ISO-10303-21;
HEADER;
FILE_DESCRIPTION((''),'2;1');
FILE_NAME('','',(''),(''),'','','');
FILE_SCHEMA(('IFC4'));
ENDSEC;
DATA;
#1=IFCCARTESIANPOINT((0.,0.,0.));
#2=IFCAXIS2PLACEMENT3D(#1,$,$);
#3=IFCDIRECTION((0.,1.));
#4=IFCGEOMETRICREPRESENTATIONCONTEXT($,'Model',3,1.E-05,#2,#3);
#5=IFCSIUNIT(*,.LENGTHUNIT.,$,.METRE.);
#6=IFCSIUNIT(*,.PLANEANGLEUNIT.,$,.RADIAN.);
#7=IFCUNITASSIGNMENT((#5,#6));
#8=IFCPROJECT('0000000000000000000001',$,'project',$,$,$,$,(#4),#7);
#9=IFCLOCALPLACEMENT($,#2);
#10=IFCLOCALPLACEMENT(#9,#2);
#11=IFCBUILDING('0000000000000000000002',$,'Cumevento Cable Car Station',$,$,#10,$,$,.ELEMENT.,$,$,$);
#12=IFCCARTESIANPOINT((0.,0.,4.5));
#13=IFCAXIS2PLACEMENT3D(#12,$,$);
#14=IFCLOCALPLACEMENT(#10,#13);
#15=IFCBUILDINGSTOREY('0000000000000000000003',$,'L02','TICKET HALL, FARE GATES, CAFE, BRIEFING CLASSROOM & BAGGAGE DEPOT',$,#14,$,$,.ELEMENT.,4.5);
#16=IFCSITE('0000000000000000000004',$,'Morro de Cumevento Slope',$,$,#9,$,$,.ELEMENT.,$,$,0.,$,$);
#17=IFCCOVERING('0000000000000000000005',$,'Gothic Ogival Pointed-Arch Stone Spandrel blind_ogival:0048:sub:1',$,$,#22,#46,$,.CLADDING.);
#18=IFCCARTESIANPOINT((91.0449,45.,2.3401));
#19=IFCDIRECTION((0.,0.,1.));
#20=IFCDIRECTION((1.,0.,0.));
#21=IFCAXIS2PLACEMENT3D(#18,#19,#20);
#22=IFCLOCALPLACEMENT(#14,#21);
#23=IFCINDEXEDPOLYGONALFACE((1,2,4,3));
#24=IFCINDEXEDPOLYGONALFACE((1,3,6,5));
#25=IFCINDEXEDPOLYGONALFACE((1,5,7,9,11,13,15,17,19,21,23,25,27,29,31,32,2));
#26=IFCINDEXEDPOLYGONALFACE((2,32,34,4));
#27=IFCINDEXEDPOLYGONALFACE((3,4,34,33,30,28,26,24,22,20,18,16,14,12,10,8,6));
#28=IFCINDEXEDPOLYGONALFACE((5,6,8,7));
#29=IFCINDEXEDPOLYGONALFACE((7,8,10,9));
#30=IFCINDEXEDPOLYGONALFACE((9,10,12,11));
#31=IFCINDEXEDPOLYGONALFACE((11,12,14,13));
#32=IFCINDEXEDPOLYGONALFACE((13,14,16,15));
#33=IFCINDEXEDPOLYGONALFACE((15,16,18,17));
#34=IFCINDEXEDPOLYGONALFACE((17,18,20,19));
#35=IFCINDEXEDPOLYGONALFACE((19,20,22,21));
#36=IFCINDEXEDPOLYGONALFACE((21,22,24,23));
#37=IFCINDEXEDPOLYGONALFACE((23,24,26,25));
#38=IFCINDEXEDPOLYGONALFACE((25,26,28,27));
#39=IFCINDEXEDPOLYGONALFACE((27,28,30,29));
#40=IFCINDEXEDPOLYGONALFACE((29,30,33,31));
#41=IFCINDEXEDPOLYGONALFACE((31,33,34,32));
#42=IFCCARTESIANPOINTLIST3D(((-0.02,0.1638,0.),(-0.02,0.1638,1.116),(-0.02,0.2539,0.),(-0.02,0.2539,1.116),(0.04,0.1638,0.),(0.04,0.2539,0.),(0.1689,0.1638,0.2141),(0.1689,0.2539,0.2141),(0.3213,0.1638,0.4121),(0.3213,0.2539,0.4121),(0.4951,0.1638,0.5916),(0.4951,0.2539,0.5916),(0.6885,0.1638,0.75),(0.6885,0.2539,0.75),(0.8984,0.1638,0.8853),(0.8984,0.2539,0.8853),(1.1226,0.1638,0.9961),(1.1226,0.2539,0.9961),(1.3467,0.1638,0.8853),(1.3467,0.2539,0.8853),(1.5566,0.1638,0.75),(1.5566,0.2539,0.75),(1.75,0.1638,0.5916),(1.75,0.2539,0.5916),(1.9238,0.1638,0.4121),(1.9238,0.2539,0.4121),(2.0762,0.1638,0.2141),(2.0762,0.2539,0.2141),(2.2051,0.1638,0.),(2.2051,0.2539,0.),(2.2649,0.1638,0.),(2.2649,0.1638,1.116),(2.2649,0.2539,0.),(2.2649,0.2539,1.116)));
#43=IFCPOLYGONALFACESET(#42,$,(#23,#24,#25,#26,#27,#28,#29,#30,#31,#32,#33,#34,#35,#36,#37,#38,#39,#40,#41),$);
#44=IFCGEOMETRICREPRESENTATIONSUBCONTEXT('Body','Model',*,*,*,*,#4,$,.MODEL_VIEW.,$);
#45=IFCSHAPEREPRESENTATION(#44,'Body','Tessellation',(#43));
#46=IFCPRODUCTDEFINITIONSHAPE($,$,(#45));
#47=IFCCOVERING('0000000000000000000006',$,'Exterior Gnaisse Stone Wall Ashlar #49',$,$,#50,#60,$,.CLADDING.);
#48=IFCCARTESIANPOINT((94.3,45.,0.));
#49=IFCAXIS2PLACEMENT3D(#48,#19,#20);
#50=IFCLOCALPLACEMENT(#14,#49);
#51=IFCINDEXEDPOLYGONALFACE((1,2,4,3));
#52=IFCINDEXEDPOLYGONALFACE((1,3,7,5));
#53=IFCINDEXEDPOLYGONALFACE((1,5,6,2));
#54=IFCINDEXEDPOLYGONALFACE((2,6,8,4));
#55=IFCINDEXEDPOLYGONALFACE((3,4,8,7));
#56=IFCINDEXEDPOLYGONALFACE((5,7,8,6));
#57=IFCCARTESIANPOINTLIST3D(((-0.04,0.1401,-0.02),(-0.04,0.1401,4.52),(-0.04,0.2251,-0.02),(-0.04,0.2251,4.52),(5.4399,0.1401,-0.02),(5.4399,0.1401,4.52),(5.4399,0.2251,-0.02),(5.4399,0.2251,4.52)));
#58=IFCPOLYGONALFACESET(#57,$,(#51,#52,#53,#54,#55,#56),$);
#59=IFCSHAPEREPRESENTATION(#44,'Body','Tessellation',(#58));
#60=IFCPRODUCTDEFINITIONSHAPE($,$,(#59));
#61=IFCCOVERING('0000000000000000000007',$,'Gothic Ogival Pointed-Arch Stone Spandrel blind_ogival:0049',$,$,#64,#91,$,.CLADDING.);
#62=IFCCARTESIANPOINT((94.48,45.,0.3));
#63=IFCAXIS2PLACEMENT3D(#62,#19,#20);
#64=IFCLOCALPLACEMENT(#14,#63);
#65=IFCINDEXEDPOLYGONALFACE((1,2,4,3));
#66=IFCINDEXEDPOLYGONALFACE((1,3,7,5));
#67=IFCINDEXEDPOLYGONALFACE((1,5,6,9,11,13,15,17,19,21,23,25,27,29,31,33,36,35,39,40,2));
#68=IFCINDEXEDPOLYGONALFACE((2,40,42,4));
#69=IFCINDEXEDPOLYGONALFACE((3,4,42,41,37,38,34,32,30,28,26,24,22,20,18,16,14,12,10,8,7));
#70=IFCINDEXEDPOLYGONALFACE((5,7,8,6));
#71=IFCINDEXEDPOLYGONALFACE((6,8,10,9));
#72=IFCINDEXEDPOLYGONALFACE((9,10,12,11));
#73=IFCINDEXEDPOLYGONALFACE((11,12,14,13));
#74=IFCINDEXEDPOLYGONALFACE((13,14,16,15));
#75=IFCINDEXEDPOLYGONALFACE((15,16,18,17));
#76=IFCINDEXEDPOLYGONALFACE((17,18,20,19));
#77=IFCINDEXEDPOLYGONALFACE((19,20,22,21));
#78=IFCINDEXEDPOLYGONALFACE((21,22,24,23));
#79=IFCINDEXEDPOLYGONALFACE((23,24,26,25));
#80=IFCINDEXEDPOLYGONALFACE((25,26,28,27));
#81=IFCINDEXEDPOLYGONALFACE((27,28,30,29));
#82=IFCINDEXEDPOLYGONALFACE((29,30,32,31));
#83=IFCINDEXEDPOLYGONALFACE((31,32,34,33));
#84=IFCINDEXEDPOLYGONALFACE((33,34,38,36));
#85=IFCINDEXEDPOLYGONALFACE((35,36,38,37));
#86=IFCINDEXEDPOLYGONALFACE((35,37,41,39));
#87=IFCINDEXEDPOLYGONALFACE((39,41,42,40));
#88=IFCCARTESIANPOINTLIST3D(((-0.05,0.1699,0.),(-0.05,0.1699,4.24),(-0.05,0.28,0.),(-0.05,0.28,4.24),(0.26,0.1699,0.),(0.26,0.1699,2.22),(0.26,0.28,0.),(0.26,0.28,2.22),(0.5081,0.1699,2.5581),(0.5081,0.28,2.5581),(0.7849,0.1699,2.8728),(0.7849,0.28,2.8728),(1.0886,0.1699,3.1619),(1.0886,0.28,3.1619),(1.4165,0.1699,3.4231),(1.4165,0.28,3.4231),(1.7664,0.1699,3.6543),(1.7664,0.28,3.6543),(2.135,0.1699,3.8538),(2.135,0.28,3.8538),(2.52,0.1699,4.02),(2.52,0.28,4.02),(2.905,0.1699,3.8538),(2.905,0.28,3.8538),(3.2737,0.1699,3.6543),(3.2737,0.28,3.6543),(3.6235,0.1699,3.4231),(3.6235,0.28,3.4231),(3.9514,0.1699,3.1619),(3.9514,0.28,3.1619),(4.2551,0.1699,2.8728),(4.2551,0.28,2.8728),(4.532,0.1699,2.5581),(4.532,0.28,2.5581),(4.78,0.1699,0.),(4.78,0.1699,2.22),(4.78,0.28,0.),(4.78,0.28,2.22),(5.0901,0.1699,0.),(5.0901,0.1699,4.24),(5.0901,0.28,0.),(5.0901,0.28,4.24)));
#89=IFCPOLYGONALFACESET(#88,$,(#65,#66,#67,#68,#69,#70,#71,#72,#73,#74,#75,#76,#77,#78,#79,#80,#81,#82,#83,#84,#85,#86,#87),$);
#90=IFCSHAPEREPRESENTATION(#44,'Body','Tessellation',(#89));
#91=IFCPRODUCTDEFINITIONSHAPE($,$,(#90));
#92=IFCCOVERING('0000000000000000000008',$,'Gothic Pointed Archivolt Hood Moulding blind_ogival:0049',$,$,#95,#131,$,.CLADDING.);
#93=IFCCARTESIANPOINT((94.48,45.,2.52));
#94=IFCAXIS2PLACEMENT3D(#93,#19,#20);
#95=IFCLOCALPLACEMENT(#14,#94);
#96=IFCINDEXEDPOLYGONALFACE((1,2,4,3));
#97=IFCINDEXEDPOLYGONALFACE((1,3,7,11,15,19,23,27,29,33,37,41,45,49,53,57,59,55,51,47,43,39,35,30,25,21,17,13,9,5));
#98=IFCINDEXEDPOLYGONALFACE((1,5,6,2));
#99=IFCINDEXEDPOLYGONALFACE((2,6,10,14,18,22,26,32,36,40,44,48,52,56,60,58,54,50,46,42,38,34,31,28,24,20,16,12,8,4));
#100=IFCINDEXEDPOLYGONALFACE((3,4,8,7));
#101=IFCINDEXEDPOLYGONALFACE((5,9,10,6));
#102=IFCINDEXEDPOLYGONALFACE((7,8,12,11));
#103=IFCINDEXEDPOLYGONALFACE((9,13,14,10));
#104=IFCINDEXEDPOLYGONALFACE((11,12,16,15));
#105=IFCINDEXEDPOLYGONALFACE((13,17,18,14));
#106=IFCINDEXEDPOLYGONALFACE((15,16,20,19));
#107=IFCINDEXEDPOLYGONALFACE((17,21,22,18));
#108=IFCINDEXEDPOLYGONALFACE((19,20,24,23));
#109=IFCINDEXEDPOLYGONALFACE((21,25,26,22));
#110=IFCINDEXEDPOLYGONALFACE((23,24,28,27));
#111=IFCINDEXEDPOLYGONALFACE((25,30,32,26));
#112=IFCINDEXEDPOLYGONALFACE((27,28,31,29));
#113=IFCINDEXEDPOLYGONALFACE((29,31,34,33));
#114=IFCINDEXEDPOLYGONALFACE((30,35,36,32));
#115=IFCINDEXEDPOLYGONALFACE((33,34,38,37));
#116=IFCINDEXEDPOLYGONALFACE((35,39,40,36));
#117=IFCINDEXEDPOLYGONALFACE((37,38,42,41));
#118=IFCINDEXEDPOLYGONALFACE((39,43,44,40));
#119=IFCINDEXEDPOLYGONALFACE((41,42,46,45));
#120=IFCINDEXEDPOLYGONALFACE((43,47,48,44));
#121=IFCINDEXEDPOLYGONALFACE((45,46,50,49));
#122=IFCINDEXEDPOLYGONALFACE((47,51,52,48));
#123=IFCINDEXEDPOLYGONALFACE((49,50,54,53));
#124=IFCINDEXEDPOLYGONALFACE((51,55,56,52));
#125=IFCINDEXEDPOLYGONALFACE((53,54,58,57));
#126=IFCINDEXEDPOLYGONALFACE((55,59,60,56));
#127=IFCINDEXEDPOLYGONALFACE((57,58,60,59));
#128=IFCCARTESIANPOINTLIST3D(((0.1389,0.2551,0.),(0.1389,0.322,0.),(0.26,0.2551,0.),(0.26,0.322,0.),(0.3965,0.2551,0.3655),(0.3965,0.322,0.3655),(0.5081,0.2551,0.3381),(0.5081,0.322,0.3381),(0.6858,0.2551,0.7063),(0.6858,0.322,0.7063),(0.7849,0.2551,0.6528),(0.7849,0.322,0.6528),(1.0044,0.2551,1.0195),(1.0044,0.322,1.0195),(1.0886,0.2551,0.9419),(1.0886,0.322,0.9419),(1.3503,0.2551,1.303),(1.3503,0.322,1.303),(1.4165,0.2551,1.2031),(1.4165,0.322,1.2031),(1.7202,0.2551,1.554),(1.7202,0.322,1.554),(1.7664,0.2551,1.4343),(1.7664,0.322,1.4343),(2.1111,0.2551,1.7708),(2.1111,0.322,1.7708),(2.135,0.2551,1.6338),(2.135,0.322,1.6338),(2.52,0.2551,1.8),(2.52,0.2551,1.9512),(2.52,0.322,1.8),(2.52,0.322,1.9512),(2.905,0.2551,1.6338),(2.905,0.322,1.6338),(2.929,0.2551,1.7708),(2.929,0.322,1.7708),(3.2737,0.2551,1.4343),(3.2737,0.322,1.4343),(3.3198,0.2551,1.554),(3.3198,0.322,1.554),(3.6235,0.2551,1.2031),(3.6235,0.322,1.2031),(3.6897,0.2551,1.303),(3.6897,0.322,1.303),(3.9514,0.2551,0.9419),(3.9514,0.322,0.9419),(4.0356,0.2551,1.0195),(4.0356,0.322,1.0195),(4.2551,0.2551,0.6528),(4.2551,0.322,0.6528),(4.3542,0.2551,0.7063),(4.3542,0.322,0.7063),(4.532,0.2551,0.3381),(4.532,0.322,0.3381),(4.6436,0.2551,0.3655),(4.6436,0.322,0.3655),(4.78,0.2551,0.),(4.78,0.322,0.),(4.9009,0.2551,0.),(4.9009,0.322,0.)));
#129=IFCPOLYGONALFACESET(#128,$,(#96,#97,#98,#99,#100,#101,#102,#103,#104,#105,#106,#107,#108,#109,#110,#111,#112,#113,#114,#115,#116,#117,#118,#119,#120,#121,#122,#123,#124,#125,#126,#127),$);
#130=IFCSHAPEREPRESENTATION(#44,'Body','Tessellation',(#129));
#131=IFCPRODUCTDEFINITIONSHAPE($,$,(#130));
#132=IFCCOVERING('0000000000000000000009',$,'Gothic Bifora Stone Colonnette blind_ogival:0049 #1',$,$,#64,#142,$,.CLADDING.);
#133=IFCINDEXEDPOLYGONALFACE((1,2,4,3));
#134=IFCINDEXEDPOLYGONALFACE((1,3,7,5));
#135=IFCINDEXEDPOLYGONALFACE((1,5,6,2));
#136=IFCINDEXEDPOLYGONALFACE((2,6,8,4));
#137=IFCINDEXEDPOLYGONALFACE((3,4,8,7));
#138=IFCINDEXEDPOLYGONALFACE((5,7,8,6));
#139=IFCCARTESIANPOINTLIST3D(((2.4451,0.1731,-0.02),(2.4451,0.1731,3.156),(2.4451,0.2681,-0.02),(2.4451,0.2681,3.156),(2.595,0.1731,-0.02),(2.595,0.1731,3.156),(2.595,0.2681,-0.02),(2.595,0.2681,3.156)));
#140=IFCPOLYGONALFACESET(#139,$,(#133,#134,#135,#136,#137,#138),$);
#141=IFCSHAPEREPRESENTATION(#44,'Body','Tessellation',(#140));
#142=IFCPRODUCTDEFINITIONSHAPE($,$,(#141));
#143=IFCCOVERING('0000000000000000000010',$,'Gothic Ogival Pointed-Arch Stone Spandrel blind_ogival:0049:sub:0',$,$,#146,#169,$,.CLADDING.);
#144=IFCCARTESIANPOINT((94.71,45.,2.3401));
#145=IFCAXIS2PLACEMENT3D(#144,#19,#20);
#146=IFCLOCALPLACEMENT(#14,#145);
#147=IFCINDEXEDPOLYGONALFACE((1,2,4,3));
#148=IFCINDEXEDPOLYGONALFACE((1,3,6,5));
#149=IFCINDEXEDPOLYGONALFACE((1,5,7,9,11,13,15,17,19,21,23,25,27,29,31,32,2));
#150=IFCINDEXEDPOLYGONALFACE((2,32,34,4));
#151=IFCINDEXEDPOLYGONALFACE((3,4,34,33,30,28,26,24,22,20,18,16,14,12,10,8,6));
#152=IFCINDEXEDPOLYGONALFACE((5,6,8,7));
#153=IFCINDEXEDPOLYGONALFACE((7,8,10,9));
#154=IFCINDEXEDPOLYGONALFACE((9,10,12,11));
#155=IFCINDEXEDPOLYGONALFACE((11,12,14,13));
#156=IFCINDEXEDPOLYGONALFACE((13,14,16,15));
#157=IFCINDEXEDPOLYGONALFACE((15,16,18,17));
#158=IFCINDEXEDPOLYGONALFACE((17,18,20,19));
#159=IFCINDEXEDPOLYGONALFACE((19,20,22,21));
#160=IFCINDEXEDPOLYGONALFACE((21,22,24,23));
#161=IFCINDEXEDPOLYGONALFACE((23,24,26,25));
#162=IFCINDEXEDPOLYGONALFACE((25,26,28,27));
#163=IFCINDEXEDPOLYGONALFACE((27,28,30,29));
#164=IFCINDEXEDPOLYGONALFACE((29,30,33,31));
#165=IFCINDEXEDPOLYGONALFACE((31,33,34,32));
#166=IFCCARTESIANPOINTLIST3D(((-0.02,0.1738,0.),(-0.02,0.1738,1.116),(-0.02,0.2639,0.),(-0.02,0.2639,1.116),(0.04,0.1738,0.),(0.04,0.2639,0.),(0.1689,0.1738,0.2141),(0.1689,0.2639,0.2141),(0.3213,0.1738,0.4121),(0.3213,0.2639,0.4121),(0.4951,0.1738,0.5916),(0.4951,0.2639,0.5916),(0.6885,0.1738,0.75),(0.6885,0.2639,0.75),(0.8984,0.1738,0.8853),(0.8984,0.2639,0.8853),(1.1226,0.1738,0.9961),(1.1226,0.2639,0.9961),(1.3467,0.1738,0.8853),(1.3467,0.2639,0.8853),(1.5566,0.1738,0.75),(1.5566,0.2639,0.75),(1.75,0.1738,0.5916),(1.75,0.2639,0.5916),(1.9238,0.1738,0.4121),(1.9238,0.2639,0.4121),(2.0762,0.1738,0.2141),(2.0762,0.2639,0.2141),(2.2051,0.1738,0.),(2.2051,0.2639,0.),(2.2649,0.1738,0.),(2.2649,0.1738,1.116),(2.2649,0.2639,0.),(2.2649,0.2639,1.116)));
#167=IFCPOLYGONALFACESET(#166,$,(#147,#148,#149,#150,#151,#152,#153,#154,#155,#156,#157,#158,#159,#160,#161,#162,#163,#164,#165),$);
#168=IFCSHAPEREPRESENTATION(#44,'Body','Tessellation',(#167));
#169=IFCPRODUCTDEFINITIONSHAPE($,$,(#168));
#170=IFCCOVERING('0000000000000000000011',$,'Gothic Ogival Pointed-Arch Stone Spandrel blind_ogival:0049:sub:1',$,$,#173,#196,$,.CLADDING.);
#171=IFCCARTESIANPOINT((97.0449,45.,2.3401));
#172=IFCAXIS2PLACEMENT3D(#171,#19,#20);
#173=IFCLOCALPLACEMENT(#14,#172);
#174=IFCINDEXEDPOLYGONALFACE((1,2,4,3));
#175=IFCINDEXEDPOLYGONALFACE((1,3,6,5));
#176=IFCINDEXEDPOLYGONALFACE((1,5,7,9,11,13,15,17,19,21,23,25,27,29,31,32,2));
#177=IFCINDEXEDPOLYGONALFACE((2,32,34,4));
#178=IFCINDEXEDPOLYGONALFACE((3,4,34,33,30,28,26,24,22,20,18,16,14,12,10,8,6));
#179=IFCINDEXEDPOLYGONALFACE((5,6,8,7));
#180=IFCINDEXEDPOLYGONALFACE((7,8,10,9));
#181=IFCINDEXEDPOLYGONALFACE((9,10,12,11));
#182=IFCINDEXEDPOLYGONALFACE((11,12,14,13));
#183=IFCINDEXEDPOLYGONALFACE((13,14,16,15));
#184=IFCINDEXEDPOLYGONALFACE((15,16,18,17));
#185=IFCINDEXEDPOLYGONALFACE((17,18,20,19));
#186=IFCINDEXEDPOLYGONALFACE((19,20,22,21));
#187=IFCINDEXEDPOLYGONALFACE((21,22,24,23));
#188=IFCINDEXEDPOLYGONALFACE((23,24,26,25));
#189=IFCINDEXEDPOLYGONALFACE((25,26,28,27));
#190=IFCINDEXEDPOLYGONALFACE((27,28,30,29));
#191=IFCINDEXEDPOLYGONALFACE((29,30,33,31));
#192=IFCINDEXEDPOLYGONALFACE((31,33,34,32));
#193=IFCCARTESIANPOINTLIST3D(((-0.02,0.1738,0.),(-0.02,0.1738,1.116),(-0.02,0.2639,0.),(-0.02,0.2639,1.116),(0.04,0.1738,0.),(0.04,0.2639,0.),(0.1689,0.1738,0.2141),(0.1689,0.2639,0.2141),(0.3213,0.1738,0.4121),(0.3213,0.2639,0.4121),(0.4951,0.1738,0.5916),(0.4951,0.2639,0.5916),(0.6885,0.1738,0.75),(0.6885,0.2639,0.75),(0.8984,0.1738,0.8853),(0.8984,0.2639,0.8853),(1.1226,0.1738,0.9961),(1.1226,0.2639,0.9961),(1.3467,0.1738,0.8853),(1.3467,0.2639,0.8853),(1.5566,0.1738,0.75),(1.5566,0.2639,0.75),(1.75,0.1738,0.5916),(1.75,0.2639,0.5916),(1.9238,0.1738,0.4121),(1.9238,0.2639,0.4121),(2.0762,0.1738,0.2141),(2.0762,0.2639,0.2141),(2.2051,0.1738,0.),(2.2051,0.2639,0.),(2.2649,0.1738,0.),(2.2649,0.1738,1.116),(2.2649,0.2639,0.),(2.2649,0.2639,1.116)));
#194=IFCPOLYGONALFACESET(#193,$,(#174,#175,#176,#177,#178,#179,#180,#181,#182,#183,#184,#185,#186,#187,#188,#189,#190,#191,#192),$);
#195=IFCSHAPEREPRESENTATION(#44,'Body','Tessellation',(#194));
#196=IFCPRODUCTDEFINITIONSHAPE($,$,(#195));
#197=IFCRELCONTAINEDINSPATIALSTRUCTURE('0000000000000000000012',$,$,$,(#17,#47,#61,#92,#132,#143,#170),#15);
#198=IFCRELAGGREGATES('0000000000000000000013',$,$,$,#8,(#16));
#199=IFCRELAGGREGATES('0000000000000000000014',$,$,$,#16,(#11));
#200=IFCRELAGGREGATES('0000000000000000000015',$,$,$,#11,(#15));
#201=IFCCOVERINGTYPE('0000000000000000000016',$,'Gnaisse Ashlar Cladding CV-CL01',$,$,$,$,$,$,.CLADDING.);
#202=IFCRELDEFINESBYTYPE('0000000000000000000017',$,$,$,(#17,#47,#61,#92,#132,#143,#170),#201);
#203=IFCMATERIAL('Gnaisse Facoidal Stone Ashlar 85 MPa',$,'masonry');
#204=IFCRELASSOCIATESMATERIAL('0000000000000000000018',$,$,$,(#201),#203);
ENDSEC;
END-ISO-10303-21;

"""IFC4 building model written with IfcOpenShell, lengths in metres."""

from ifc_helpers import new_model, si_unit, direction, frame, origin, place, context, subcontext, project, spatial, polyline, outline, extrude, material, type_object, element, save


model = new_model("IFC4")

# Units and contexts
model_context = context("Model", 3, precision=1e-05, world=origin(), true_north=direction((0.0, 1.0)))
body_context = subcontext(model_context, "Body", "Model", "MODEL_VIEW")
ifc_project = project(units=[si_unit("LENGTHUNIT", "METRE"), si_unit("PLANEANGLEUNIT", "RADIAN")], contexts=[model_context])

# Site, building, storey
site_placement = place(None, origin())
site = spatial("IfcSite", under=ifc_project, at=site_placement, Name="Morro de Cumevento Slope", CompositionType="ELEMENT", RefElevation=0.0)
building_placement = place(site_placement, origin())
building = spatial("IfcBuilding", under=site, at=building_placement, Name="Cumevento Cable Car Station", CompositionType="ELEMENT")
storey_placement = place(building_placement, frame((0.0, 0.0, 4.5)))
storey = spatial("IfcBuildingStorey", under=building, at=storey_placement, Name="L02", Description="TICKET HALL, FARE GATES, CAFE, BRIEFING CLASSROOM & BAGGAGE DEPOT", CompositionType="ELEMENT", Elevation=4.5)

# Coverings
ifc_material_1 = material(Name="Gnaisse Facoidal Stone Ashlar 85 MPa", Category="masonry")
covering_type = type_object("IfcCoveringType", Name="Gnaisse Ashlar Cladding CV-CL01", PredefinedType="CLADDING", material=ifc_material_1)
covering_1_placement = place(storey_placement, frame((91.0449, 45.0, 2.3401), z_axis=(0.0, 0.0, 1.0), x_axis=(1.0, 0.0, 0.0)))
element("IfcCovering", 1, at=covering_1_placement, inside=storey, type_object=covering_type, Name="Gothic Ogival Pointed-Arch Stone Spandrel blind_ogival:0048:sub:1", PredefinedType="CLADDING", context=body_context, shape_type="SweptSolid", body=[
    extrude(outline(polyline([(-0.02, 0.0), (-0.02, 1.116), (2.2649, 1.116), (2.2649, 0.0), (2.2051, 0.0), (2.0762, 0.2141), (1.9238, 0.4121), (1.75, 0.5916), (1.5566, 0.75), (1.3467, 0.8853), (1.1226, 0.9961), (0.8984, 0.8853), (0.6885, 0.75), (0.4951, 0.5916), (0.3213, 0.4121), (0.1689, 0.2141), (0.04, 0.0), (-0.02, 0.0)])), frame((0.0, 0.2539, 0.0), z_axis=(0.0, -1.0, 0.0), x_axis=(1.0, 0.0, 0.0)), (0.0, 0.0, 1.0), 0.0901),
])
covering_2_placement = place(storey_placement, frame((94.3, 45.0, 0.0), z_axis=(0.0, 0.0, 1.0), x_axis=(1.0, 0.0, 0.0)))
element("IfcCovering", 2, at=covering_2_placement, inside=storey, type_object=covering_type, Name="Exterior Gnaisse Stone Wall Ashlar #49", PredefinedType="CLADDING", context=body_context, shape_type="SweptSolid", body=[
    extrude(outline(polyline([(-0.04, -0.02), (5.4399, -0.02), (5.4399, 4.52), (-0.04, 4.52), (-0.04, -0.02)])), frame((0.0, 0.2251, 0.0), z_axis=(0.0, -1.0, 0.0), x_axis=(1.0, 0.0, 0.0)), (0.0, 0.0, 1.0), 0.085),
])
placement = place(storey_placement, frame((94.48, 45.0, 0.3), z_axis=(0.0, 0.0, 1.0), x_axis=(1.0, 0.0, 0.0)))
element("IfcCovering", 3, at=placement, inside=storey, type_object=covering_type, Name="Gothic Ogival Pointed-Arch Stone Spandrel blind_ogival:0049", PredefinedType="CLADDING", context=body_context, shape_type="SweptSolid", body=[
    extrude(outline(polyline([(-0.05, 0.0), (-0.05, 4.24), (5.0901, 4.24), (5.0901, 0.0), (4.78, 0.0), (4.78, 2.22), (4.532, 2.5581), (4.2551, 2.8728), (3.9514, 3.1619), (3.6235, 3.4231), (3.2737, 3.6543), (2.905, 3.8538), (2.52, 4.02), (2.135, 3.8538), (1.7664, 3.6543), (1.4165, 3.4231), (1.0886, 3.1619), (0.7849, 2.8728), (0.5081, 2.5581), (0.26, 2.22), (0.26, 0.0), (-0.05, 0.0)])), frame((0.0, 0.28, 0.0), z_axis=(0.0, -1.0, 0.0), x_axis=(1.0, 0.0, 0.0)), (0.0, 0.0, 1.0), 0.1101),
])
covering_3_placement = place(storey_placement, frame((94.48, 45.0, 2.52), z_axis=(0.0, 0.0, 1.0), x_axis=(1.0, 0.0, 0.0)))
element("IfcCovering", 4, at=covering_3_placement, inside=storey, type_object=covering_type, Name="Gothic Pointed Archivolt Hood Moulding blind_ogival:0049", PredefinedType="CLADDING", context=body_context, shape_type="SweptSolid", body=[
    extrude(outline(polyline([(0.26, 0.0), (0.5081, 0.3381), (0.7849, 0.6528), (1.0886, 0.9419), (1.4165, 1.2031), (1.7664, 1.4343), (2.135, 1.6338), (2.52, 1.8), (2.905, 1.6338), (3.2737, 1.4343), (3.6235, 1.2031), (3.9514, 0.9419), (4.2551, 0.6528), (4.532, 0.3381), (4.78, 0.0), (4.9009, 0.0), (4.6436, 0.3655), (4.3542, 0.7063), (4.0356, 1.0195), (3.6897, 1.303), (3.3198, 1.554), (2.929, 1.7708), (2.52, 1.9512), (2.1111, 1.7708), (1.7202, 1.554), (1.3503, 1.303), (1.0044, 1.0195), (0.6858, 0.7063), (0.3965, 0.3655), (0.1389, 0.0), (0.26, 0.0)])), frame((0.0, 0.322, 0.0), z_axis=(0.0, -1.0, 0.0), x_axis=(1.0, 0.0, 0.0)), (0.0, 0.0, 1.0), 0.0669),
])
element("IfcCovering", 5, at=placement, inside=storey, type_object=covering_type, Name="Gothic Bifora Stone Colonnette blind_ogival:0049 #1", PredefinedType="CLADDING", context=body_context, shape_type="SweptSolid", body=[
    extrude(outline(polyline([(2.4451, -0.02), (2.595, -0.02), (2.595, 3.156), (2.4451, 3.156), (2.4451, -0.02)])), frame((0.0, 0.2681, 0.0), z_axis=(0.0, -1.0, 0.0), x_axis=(1.0, 0.0, 0.0)), (0.0, 0.0, 1.0), 0.095),
])
for number, where, z_axis, x_axis, name in (
    (6, (94.71, 45.0, 2.3401), (0.0, 0.0, 1.0), (1.0, 0.0, 0.0), "Gothic Ogival Pointed-Arch Stone Spandrel blind_ogival:0049:sub:0"),
    (7, (97.0449, 45.0, 2.3401), (0.0, 0.0, 1.0), (1.0, 0.0, 0.0), "Gothic Ogival Pointed-Arch Stone Spandrel blind_ogival:0049:sub:1"),
):
    element("IfcCovering", number, at=place(storey_placement, frame(where, z_axis=z_axis, x_axis=x_axis)), inside=storey, type_object=covering_type, Name=name, PredefinedType="CLADDING", context=body_context, shape_type="SweptSolid", body=[
        extrude(outline(polyline([(-0.02, 0.0), (-0.02, 1.116), (2.2649, 1.116), (2.2649, 0.0), (2.2051, 0.0), (2.0762, 0.2141), (1.9238, 0.4121), (1.75, 0.5916), (1.5566, 0.75), (1.3467, 0.8853), (1.1226, 0.9961), (0.8984, 0.8853), (0.6885, 0.75), (0.4951, 0.5916), (0.3213, 0.4121), (0.1689, 0.2141), (0.04, 0.0), (-0.02, 0.0)])), frame((0.0, 0.2639, 0.0), z_axis=(0.0, -1.0, 0.0), x_axis=(1.0, 0.0, 0.0)), (0.0, 0.0, 1.0), 0.0901),
    ])

save(model, "model.ifc")
